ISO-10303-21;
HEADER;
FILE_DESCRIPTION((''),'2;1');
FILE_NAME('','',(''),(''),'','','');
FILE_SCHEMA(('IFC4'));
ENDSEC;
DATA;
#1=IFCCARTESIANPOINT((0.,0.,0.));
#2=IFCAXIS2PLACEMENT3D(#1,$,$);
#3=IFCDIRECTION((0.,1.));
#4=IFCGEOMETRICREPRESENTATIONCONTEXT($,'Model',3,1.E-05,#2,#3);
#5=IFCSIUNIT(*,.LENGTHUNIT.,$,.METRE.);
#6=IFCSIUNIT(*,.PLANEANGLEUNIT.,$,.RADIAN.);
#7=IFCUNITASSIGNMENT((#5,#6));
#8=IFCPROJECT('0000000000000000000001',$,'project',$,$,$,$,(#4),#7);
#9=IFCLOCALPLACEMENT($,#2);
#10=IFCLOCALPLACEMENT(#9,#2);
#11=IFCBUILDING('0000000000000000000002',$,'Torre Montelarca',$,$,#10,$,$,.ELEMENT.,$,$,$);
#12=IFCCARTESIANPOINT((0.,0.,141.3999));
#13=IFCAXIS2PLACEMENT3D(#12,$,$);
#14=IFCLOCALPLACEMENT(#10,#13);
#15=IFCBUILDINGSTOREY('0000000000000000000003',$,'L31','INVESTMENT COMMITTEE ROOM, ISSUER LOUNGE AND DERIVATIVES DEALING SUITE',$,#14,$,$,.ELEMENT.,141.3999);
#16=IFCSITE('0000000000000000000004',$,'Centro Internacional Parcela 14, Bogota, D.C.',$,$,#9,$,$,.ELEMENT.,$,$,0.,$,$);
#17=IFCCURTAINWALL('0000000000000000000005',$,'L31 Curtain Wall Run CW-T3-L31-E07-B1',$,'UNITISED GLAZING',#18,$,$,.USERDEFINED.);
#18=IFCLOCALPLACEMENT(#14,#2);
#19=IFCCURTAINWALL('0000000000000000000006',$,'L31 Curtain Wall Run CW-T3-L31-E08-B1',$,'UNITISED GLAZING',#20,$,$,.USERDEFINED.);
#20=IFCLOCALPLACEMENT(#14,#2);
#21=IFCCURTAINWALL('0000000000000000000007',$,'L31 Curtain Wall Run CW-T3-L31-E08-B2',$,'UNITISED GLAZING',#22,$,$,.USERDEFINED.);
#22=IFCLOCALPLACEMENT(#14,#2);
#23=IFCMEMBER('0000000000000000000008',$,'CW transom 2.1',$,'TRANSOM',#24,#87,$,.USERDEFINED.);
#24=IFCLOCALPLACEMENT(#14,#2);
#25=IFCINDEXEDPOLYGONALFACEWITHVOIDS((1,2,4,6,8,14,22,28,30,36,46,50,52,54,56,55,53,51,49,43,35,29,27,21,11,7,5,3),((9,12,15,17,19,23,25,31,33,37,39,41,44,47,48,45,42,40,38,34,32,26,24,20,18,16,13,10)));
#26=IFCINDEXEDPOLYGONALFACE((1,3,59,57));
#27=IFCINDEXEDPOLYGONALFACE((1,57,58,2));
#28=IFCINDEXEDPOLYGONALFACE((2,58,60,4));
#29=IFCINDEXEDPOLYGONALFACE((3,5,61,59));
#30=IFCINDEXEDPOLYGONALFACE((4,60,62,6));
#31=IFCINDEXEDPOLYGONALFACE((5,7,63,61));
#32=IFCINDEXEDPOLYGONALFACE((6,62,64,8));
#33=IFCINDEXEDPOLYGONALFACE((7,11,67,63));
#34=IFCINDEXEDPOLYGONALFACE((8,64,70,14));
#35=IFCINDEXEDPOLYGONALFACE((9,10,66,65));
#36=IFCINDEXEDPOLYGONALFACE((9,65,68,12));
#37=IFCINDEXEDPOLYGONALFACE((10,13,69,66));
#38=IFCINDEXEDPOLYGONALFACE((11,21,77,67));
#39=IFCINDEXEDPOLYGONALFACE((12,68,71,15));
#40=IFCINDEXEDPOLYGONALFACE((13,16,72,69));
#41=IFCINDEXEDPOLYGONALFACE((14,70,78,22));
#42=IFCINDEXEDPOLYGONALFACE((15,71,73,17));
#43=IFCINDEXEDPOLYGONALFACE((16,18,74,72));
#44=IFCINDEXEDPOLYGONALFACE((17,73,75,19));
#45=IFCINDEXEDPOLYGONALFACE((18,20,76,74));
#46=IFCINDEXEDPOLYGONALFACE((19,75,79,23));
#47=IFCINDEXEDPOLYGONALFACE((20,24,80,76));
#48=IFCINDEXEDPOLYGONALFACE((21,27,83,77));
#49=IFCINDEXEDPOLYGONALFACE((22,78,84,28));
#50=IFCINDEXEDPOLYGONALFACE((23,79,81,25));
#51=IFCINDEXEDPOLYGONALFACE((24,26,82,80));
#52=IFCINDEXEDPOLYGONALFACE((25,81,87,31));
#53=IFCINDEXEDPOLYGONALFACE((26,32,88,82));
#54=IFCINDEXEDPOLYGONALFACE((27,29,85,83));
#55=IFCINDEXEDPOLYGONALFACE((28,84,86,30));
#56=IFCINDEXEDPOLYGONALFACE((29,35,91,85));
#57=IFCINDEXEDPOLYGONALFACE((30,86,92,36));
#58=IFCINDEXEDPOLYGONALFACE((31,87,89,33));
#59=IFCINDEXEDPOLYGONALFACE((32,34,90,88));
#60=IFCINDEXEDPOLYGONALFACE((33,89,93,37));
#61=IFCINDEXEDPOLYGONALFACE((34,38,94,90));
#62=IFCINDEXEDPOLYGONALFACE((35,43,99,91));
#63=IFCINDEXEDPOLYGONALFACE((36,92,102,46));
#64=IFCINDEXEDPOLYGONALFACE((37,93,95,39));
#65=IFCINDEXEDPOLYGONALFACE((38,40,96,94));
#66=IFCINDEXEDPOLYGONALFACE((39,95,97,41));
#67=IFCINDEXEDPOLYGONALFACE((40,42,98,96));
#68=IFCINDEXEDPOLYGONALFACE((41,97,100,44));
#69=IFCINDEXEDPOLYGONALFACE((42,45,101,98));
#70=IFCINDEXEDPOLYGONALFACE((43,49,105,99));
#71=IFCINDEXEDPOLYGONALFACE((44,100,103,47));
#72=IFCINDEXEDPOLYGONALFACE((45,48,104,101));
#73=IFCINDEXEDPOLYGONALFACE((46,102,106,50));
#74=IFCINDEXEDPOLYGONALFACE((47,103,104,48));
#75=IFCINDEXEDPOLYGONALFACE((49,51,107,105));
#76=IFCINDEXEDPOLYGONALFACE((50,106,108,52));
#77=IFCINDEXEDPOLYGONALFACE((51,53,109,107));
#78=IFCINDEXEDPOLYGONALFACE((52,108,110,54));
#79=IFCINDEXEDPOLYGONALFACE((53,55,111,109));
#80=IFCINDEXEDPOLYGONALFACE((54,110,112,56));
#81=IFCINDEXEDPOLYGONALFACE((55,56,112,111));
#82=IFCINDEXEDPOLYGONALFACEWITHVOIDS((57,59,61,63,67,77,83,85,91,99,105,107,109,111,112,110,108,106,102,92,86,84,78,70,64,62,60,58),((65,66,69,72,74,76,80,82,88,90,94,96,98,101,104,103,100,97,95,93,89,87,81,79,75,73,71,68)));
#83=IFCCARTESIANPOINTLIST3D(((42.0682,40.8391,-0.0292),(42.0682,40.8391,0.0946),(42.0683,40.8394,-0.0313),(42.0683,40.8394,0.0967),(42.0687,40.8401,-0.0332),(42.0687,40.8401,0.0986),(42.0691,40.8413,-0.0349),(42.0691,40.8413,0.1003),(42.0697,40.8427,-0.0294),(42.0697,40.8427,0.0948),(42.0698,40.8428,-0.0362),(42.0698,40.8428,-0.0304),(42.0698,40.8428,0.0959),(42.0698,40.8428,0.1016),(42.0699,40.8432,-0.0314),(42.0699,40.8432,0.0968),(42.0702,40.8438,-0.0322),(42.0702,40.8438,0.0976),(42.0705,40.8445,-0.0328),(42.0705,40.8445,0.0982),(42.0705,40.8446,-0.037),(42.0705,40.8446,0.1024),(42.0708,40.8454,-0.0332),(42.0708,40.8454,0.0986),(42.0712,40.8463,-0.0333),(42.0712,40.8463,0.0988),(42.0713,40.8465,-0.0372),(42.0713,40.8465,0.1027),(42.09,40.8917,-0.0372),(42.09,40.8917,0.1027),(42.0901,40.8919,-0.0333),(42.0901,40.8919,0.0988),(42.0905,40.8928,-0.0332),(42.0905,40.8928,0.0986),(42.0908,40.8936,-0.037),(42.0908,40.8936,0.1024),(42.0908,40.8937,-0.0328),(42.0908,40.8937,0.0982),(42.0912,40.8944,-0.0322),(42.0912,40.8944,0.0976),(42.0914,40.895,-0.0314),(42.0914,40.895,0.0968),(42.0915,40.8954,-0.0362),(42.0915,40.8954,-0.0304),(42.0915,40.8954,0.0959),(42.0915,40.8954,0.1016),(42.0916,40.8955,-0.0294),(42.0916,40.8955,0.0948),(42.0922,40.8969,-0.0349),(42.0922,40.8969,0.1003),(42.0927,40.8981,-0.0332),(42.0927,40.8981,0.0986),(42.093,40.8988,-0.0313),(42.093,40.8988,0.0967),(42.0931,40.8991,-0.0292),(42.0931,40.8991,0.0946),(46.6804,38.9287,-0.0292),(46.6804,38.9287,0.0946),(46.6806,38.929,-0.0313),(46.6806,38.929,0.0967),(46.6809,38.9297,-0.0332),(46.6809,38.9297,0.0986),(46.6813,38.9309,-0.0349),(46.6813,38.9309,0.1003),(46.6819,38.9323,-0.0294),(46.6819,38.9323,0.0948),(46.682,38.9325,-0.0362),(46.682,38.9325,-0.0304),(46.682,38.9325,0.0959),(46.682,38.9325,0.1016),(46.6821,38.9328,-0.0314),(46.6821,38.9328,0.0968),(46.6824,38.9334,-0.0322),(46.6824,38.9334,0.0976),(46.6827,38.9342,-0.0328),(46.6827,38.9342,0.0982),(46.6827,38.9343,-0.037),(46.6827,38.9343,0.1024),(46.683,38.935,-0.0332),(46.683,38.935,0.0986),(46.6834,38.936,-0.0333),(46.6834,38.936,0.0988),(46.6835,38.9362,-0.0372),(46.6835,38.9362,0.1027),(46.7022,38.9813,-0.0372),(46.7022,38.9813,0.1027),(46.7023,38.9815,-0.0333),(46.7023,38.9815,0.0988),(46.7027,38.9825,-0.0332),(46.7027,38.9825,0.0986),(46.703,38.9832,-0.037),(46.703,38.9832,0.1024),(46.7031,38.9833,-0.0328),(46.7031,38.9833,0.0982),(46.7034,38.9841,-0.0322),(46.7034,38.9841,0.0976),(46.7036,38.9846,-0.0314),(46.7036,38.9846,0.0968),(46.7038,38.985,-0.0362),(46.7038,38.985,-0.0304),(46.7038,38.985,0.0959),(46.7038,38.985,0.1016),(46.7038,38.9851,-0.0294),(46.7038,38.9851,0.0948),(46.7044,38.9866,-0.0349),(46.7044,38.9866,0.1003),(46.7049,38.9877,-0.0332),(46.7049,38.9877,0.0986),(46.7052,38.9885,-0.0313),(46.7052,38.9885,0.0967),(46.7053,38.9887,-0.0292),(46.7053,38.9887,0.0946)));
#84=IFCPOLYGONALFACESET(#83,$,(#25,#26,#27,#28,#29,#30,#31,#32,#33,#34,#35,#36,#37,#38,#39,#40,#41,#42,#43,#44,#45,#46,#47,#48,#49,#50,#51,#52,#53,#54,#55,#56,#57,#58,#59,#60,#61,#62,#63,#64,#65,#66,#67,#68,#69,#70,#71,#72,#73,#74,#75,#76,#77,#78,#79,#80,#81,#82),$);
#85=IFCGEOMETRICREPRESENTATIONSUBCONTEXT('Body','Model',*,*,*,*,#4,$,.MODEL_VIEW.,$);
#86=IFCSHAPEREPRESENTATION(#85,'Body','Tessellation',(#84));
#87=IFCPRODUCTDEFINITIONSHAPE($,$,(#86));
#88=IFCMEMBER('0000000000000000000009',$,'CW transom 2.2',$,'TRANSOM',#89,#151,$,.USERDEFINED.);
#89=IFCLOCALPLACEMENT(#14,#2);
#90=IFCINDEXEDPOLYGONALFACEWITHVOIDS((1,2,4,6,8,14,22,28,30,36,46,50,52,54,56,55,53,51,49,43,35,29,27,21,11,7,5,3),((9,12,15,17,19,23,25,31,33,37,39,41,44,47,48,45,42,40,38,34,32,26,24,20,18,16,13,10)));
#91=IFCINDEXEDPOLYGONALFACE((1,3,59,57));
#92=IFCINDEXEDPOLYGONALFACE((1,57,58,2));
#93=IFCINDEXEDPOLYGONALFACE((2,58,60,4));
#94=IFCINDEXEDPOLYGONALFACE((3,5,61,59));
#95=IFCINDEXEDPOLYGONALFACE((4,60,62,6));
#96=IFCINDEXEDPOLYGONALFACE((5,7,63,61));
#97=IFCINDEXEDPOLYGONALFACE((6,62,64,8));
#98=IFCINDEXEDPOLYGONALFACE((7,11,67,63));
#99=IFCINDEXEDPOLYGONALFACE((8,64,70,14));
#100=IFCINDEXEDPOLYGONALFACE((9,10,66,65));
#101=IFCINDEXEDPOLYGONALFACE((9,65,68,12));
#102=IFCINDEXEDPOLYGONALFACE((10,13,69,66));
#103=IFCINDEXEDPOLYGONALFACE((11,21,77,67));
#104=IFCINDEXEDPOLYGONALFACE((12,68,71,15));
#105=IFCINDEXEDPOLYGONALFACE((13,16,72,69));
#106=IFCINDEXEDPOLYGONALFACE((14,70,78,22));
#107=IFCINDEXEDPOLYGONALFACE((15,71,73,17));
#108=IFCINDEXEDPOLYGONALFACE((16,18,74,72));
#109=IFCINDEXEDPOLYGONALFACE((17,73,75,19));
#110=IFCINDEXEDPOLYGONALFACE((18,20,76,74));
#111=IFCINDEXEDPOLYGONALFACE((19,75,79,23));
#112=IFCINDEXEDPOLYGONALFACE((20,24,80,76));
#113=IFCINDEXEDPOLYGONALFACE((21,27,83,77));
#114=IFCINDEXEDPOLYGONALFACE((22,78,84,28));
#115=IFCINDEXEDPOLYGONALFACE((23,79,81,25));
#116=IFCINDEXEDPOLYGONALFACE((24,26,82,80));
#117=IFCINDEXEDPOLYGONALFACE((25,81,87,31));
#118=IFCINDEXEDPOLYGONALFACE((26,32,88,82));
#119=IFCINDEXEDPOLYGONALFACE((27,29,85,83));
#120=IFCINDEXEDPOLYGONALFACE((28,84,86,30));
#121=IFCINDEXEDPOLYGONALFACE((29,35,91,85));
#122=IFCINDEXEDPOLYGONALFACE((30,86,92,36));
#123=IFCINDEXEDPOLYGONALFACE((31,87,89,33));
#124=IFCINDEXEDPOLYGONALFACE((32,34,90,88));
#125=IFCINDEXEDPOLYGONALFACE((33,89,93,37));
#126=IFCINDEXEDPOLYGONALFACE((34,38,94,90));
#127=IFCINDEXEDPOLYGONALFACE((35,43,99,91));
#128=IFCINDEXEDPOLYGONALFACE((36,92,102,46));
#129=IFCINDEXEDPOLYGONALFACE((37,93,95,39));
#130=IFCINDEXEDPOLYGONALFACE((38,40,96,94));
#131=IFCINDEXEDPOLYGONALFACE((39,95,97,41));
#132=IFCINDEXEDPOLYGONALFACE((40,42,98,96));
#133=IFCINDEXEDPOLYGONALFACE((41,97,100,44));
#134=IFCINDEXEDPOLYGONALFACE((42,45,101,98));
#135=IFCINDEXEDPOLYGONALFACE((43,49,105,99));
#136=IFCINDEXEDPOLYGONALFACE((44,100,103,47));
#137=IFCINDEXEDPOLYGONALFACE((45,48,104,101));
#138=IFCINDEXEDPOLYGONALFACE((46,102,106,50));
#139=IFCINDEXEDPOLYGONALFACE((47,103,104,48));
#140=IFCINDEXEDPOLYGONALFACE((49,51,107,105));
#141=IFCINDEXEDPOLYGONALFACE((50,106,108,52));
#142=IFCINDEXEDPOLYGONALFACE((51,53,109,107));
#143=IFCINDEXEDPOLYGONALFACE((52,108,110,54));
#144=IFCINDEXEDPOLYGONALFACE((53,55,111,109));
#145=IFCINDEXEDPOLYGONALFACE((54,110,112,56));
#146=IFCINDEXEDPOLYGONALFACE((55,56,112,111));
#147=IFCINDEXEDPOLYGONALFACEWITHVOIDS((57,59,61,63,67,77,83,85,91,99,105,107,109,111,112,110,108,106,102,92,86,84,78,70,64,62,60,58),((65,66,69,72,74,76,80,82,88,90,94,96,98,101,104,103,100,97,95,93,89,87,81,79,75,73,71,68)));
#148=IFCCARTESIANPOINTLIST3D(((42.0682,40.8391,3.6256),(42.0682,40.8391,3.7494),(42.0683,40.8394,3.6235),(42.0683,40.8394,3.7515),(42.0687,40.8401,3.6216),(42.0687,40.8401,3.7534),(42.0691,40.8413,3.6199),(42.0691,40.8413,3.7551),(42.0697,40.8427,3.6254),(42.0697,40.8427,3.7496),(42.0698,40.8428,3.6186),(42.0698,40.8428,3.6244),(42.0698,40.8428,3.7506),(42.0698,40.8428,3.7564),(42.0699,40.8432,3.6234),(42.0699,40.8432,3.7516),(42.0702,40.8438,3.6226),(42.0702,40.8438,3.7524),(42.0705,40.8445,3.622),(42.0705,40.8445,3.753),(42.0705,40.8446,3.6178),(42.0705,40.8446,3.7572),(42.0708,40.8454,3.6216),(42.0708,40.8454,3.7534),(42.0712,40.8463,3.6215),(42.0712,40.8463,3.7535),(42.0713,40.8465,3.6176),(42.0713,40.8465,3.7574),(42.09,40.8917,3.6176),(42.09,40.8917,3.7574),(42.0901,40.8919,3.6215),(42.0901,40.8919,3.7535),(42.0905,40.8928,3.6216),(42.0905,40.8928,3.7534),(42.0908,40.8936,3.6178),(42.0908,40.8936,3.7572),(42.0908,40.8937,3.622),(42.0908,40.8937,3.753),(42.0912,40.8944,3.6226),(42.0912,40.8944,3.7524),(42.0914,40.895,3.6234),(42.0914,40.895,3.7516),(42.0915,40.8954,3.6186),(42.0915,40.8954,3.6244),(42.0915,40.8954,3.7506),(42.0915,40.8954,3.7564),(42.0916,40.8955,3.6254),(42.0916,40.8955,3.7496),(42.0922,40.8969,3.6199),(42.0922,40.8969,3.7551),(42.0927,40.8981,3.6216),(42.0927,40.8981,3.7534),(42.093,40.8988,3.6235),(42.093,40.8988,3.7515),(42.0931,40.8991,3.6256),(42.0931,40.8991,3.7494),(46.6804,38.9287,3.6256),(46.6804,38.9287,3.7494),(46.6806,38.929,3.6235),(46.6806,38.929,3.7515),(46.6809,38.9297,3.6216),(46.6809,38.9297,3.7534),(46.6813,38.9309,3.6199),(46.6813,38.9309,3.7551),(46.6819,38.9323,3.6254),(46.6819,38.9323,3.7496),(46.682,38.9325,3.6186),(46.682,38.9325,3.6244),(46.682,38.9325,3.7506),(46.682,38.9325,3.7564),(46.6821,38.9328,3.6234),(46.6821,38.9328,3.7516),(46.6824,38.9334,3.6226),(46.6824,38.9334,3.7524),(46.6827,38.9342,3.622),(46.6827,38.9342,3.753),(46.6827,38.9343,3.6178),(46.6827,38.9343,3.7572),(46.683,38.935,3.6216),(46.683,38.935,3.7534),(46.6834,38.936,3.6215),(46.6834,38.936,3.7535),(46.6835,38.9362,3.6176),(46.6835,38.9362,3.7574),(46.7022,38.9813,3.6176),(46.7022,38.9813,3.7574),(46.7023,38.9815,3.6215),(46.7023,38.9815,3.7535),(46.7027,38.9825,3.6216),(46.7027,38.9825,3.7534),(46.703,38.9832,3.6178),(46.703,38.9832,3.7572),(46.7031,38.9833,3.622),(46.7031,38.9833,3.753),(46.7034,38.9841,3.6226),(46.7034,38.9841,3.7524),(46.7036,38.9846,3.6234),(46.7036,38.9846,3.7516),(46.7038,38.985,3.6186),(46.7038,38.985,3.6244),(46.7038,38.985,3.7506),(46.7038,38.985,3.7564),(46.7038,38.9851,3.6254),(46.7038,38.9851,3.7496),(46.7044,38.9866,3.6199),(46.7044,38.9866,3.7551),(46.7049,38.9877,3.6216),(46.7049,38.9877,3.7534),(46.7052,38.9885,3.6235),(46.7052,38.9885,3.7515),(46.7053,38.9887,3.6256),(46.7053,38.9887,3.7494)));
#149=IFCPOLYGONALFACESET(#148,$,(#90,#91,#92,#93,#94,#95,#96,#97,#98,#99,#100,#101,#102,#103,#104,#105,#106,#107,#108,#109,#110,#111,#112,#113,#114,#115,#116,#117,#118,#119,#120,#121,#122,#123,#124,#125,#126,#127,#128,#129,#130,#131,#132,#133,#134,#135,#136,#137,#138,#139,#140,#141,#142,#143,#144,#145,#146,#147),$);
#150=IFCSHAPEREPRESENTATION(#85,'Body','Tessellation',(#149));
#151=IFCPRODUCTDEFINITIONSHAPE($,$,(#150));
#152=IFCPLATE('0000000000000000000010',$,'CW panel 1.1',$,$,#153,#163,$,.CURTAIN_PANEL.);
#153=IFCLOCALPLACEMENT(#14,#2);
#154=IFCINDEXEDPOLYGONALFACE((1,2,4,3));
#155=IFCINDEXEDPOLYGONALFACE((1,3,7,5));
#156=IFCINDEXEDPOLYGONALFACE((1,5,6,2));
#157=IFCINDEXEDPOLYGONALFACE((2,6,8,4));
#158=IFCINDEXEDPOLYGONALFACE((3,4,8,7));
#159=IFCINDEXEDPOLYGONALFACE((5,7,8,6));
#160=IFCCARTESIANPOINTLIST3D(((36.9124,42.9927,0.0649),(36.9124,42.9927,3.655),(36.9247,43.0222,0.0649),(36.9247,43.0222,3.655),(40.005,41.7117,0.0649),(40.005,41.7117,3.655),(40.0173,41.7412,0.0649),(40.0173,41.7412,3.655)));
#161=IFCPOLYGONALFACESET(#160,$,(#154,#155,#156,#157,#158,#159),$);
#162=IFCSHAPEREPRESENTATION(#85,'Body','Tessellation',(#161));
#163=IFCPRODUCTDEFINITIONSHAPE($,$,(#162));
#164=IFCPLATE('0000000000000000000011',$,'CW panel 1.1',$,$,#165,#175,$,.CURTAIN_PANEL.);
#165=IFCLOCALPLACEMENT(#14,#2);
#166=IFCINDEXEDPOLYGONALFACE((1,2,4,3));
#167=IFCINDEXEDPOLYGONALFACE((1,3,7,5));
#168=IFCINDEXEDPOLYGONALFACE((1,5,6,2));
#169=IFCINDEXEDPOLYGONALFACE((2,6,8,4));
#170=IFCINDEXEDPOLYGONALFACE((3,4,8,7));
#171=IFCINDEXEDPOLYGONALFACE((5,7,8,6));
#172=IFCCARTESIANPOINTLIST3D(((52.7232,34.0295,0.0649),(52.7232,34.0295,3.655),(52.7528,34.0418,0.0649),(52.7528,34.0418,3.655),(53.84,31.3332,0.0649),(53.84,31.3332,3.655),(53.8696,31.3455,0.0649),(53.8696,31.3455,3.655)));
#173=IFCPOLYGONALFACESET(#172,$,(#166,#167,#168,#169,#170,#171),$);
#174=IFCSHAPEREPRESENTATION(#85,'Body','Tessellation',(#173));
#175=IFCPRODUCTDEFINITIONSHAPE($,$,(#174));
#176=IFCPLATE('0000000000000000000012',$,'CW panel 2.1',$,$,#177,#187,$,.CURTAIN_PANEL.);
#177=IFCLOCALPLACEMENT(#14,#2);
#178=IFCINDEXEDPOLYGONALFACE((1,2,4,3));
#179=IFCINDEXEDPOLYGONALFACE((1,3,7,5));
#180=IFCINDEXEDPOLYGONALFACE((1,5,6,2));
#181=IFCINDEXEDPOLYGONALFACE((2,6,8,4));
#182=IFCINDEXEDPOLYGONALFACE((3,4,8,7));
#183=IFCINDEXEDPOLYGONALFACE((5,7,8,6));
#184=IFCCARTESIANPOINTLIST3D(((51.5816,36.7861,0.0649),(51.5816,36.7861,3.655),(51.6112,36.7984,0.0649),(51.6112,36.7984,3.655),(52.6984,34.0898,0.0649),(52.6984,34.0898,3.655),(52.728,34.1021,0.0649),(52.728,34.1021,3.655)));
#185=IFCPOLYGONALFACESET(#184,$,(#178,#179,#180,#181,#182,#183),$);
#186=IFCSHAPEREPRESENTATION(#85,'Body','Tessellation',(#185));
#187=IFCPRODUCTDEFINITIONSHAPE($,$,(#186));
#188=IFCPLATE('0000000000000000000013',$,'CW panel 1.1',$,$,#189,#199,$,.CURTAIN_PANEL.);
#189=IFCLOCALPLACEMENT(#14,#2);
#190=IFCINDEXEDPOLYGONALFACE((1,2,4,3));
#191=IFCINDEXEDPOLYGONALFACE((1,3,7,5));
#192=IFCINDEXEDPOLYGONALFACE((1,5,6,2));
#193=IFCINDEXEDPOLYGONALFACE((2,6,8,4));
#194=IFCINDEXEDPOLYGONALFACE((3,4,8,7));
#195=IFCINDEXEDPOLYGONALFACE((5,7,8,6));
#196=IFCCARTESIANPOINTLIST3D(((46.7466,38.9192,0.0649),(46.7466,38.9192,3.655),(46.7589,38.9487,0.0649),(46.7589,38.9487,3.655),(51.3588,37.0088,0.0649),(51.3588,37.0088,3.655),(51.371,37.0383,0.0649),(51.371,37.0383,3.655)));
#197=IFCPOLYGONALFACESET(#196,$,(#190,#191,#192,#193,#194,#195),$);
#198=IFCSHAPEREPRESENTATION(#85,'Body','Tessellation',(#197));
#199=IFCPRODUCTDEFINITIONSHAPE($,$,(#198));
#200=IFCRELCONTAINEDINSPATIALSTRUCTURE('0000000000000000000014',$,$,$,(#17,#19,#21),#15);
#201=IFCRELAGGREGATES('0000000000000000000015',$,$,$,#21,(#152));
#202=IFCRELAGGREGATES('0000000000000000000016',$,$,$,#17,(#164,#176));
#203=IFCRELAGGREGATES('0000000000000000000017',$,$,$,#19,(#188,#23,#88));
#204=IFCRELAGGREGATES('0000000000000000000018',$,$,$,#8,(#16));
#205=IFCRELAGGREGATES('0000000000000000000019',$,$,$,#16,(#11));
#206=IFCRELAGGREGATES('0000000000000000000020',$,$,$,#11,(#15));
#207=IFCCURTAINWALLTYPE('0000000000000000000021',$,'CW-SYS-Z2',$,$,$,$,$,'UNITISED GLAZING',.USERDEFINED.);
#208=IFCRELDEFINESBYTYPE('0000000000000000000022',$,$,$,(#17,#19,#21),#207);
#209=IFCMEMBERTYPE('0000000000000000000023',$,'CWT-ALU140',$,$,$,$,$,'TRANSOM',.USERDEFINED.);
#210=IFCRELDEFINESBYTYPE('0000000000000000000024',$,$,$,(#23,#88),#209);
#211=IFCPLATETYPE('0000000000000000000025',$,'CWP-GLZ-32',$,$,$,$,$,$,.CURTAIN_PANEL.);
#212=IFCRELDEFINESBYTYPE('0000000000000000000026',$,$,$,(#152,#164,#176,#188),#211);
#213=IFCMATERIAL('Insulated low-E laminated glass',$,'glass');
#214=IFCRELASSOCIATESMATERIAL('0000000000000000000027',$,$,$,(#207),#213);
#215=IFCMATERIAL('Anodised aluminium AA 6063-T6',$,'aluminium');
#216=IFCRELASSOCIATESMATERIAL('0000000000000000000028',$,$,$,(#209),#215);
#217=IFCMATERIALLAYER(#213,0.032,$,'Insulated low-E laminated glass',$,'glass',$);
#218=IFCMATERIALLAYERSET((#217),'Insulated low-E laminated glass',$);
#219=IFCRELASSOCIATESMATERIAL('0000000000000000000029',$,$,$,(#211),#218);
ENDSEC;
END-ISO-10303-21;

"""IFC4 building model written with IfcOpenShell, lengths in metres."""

from ifc_helpers import new_model, si_unit, direction, frame, origin, origin_2d, place, context, subcontext, project, spatial, rectangle, hollow_rectangle, extrude, source, transform, mapped, material, layer, layer_set, material_profile, profile_set, type_object, element, aggregate, save


model = new_model("IFC4")

# Units and contexts
model_context = context("Model", 3, precision=1e-05, world=origin(), true_north=direction((0.0, 1.0)))
body_context = subcontext(model_context, "Body", "Model", "MODEL_VIEW")
ifc_project = project(units=[si_unit("LENGTHUNIT", "METRE"), si_unit("PLANEANGLEUNIT", "RADIAN")], contexts=[model_context])

# Site, building, storey
site_placement = place(None, origin())
site = spatial("IfcSite", under=ifc_project, at=site_placement, Name="Centro Internacional Parcela 14, Bogota, D.C.", CompositionType="ELEMENT", RefElevation=0.0)
building_placement = place(site_placement, origin())
building = spatial("IfcBuilding", under=site, at=building_placement, Name="Torre Montelarca", CompositionType="ELEMENT")
storey_placement = place(building_placement, frame((0.0, 0.0, 141.3999)))
storey = spatial("IfcBuildingStorey", under=building, at=storey_placement, Name="L31", Description="INVESTMENT COMMITTEE ROOM, ISSUER LOUNGE AND DERIVATIVES DEALING SUITE", CompositionType="ELEMENT", Elevation=141.3999)

# Curtain wall
ifc_material_1 = material(Name="Insulated low-E laminated glass", Category="glass")
curtain_wall_type = type_object("IfcCurtainWallType", Name="CW-SYS-Z2", ElementType="UNITISED GLAZING", PredefinedType="USERDEFINED", material=ifc_material_1)
curtain_wall_1_placement = place(storey_placement, origin())
curtain_wall_1 = element("IfcCurtainWall", 1, at=curtain_wall_1_placement, inside=storey, type_object=curtain_wall_type, Name="L31 Curtain Wall Run CW-T3-L31-E07-B1", ObjectType="UNITISED GLAZING", PredefinedType="USERDEFINED")
ifc_material_2 = material(Name="Anodised aluminium AA 6063-T6", Category="aluminium")
ifc_material_profile_1 = material_profile(ifc_material_2, hollow_rectangle(XDim=0.0649, YDim=0.1399, WallThickness=0.0039, InnerFilletRadius=0.0039, OuterFilletRadius=0.0081, at=origin_2d()), Name="ALU65X140X4", Category="aluminium")
ifc_profile_set_1 = profile_set([ifc_material_profile_1], Name="Anodised aluminium AA 6063-T6")
member_type_1 = type_object("IfcMemberType", Name="CWT-ALU140", ElementType="TRANSOM", PredefinedType="USERDEFINED", material=ifc_profile_set_1)

# Curtain walls
curtain_wall_2_placement = place(storey_placement, origin())
curtain_wall_2 = element("IfcCurtainWall", 2, at=curtain_wall_2_placement, inside=storey, type_object=curtain_wall_type, Name="L31 Curtain Wall Run CW-T3-L31-E08-B1", ObjectType="UNITISED GLAZING", PredefinedType="USERDEFINED")
curtain_wall_3_placement = place(storey_placement, origin())
curtain_wall_3 = element("IfcCurtainWall", 3, at=curtain_wall_3_placement, inside=storey, type_object=curtain_wall_type, Name="L31 Curtain Wall Run CW-T3-L31-E08-B2", ObjectType="UNITISED GLAZING", PredefinedType="USERDEFINED")

# Members
shared_shape_1 = source(origin(), body_context, "Body", "SweptSolid", [
    extrude(hollow_rectangle(XDim=0.0649, YDim=0.1399, WallThickness=0.0039, InnerFilletRadius=0.0039, OuterFilletRadius=0.0081, at=origin_2d()), origin(), (0.0, 0.0, 1.0), 4.9922),
])
member_1_placement = place(storey_placement, frame((46.6929, 38.9587, 0.0327), z_axis=(-0.923885, 0.38267, 0.0), x_axis=(-0.38267, -0.923885, 0.0)))
member_1 = element("IfcMember", 4, at=member_1_placement, type_object=member_type_1, Name="CW transom 2.1", ObjectType="TRANSOM", PredefinedType="USERDEFINED", context=body_context, shape_type="MappedRepresentation", body=[
    mapped(shared_shape_1, transform((0.0, 0.0, 0.0), scale=1.0)),
])
member_2_placement = place(storey_placement, frame((46.6929, 38.9587, 3.6875), z_axis=(-0.923885, 0.38267, 0.0), x_axis=(-0.38267, -0.923885, 0.0)))
member_2 = element("IfcMember", 5, at=member_2_placement, type_object=member_type_1, Name="CW transom 2.2", ObjectType="TRANSOM", PredefinedType="USERDEFINED", context=body_context, shape_type="MappedRepresentation", body=[
    mapped(shared_shape_1, transform((0.0, 0.0, 0.0), scale=1.0)),
])

# Plates
ifc_layer_1 = layer(ifc_material_1, 0.032, Name="Insulated low-E laminated glass", Category="glass")
ifc_layer_set_1 = layer_set([ifc_layer_1], Name="Insulated low-E laminated glass")
plate_type = type_object("IfcPlateType", Name="CWP-GLZ-32", PredefinedType="CURTAIN_PANEL", material=ifc_layer_set_1)
shared_shape_2 = source(origin(), body_context, "Body", "SweptSolid", [
    extrude(rectangle(XDim=3.3474, YDim=0.032, at=origin_2d()), origin(), (0.0, 0.0, 1.0), 3.5901),
])
plate_1_placement = place(storey_placement, frame((38.4648, 42.3669, 0.0649), z_axis=(0.0, 0.0, 1.0), x_axis=(-0.923878, 0.382686, 0.0)))
plate_1 = element("IfcPlate", 6, at=plate_1_placement, type_object=plate_type, Name="CW panel 1.1", PredefinedType="CURTAIN_PANEL", context=body_context, shape_type="MappedRepresentation", body=[
    mapped(shared_shape_2, transform((0.0, 0.0, 0.0), scale=1.0)),
])
aggregate(curtain_wall_3, [plate_1])
shared_shape_3 = source(origin(), body_context, "Body", "SweptSolid", [
    extrude(rectangle(XDim=2.9185, YDim=0.032, at=origin_2d()), origin(), (0.0, 0.0, 1.0), 3.5901),
])
plate_2_placement = place(storey_placement, frame((53.2964, 32.6875, 0.0649), z_axis=(0.0, 0.0, 1.0), x_axis=(-0.382668, 0.923886, 0.0)))
plate_2 = element("IfcPlate", 7, at=plate_2_placement, type_object=plate_type, Name="CW panel 1.1", PredefinedType="CURTAIN_PANEL", context=body_context, shape_type="MappedRepresentation", body=[
    mapped(shared_shape_3, transform((0.0, 0.0, 0.0), scale=1.0)),
])
plate_3_placement = place(storey_placement, frame((52.1548, 35.4441, 0.0649), z_axis=(0.0, 0.0, 1.0), x_axis=(-0.382668, 0.923886, 0.0)))
plate_3 = element("IfcPlate", 8, at=plate_3_placement, type_object=plate_type, Name="CW panel 2.1", PredefinedType="CURTAIN_PANEL", context=body_context, shape_type="MappedRepresentation", body=[
    mapped(shared_shape_3, transform((0.0, 0.0, 0.0), scale=1.0)),
])
aggregate(curtain_wall_1, [plate_2, plate_3])
shared_shape_4 = source(origin(), body_context, "Body", "SweptSolid", [
    extrude(rectangle(XDim=4.9922, YDim=0.032, at=origin_2d()), origin(), (0.0, 0.0, 1.0), 3.5901),
])
plate_4_placement = place(storey_placement, frame((49.0588, 37.9788, 0.0649), z_axis=(0.0, 0.0, 1.0), x_axis=(-0.923881, 0.382681, 0.0)))
plate_4 = element("IfcPlate", 9, at=plate_4_placement, type_object=plate_type, Name="CW panel 1.1", PredefinedType="CURTAIN_PANEL", context=body_context, shape_type="MappedRepresentation", body=[
    mapped(shared_shape_4, transform((0.0, 0.0, 0.0), scale=1.0)),
])
aggregate(curtain_wall_2, [plate_4, member_1, member_2])

save(model, "model.ifc")
